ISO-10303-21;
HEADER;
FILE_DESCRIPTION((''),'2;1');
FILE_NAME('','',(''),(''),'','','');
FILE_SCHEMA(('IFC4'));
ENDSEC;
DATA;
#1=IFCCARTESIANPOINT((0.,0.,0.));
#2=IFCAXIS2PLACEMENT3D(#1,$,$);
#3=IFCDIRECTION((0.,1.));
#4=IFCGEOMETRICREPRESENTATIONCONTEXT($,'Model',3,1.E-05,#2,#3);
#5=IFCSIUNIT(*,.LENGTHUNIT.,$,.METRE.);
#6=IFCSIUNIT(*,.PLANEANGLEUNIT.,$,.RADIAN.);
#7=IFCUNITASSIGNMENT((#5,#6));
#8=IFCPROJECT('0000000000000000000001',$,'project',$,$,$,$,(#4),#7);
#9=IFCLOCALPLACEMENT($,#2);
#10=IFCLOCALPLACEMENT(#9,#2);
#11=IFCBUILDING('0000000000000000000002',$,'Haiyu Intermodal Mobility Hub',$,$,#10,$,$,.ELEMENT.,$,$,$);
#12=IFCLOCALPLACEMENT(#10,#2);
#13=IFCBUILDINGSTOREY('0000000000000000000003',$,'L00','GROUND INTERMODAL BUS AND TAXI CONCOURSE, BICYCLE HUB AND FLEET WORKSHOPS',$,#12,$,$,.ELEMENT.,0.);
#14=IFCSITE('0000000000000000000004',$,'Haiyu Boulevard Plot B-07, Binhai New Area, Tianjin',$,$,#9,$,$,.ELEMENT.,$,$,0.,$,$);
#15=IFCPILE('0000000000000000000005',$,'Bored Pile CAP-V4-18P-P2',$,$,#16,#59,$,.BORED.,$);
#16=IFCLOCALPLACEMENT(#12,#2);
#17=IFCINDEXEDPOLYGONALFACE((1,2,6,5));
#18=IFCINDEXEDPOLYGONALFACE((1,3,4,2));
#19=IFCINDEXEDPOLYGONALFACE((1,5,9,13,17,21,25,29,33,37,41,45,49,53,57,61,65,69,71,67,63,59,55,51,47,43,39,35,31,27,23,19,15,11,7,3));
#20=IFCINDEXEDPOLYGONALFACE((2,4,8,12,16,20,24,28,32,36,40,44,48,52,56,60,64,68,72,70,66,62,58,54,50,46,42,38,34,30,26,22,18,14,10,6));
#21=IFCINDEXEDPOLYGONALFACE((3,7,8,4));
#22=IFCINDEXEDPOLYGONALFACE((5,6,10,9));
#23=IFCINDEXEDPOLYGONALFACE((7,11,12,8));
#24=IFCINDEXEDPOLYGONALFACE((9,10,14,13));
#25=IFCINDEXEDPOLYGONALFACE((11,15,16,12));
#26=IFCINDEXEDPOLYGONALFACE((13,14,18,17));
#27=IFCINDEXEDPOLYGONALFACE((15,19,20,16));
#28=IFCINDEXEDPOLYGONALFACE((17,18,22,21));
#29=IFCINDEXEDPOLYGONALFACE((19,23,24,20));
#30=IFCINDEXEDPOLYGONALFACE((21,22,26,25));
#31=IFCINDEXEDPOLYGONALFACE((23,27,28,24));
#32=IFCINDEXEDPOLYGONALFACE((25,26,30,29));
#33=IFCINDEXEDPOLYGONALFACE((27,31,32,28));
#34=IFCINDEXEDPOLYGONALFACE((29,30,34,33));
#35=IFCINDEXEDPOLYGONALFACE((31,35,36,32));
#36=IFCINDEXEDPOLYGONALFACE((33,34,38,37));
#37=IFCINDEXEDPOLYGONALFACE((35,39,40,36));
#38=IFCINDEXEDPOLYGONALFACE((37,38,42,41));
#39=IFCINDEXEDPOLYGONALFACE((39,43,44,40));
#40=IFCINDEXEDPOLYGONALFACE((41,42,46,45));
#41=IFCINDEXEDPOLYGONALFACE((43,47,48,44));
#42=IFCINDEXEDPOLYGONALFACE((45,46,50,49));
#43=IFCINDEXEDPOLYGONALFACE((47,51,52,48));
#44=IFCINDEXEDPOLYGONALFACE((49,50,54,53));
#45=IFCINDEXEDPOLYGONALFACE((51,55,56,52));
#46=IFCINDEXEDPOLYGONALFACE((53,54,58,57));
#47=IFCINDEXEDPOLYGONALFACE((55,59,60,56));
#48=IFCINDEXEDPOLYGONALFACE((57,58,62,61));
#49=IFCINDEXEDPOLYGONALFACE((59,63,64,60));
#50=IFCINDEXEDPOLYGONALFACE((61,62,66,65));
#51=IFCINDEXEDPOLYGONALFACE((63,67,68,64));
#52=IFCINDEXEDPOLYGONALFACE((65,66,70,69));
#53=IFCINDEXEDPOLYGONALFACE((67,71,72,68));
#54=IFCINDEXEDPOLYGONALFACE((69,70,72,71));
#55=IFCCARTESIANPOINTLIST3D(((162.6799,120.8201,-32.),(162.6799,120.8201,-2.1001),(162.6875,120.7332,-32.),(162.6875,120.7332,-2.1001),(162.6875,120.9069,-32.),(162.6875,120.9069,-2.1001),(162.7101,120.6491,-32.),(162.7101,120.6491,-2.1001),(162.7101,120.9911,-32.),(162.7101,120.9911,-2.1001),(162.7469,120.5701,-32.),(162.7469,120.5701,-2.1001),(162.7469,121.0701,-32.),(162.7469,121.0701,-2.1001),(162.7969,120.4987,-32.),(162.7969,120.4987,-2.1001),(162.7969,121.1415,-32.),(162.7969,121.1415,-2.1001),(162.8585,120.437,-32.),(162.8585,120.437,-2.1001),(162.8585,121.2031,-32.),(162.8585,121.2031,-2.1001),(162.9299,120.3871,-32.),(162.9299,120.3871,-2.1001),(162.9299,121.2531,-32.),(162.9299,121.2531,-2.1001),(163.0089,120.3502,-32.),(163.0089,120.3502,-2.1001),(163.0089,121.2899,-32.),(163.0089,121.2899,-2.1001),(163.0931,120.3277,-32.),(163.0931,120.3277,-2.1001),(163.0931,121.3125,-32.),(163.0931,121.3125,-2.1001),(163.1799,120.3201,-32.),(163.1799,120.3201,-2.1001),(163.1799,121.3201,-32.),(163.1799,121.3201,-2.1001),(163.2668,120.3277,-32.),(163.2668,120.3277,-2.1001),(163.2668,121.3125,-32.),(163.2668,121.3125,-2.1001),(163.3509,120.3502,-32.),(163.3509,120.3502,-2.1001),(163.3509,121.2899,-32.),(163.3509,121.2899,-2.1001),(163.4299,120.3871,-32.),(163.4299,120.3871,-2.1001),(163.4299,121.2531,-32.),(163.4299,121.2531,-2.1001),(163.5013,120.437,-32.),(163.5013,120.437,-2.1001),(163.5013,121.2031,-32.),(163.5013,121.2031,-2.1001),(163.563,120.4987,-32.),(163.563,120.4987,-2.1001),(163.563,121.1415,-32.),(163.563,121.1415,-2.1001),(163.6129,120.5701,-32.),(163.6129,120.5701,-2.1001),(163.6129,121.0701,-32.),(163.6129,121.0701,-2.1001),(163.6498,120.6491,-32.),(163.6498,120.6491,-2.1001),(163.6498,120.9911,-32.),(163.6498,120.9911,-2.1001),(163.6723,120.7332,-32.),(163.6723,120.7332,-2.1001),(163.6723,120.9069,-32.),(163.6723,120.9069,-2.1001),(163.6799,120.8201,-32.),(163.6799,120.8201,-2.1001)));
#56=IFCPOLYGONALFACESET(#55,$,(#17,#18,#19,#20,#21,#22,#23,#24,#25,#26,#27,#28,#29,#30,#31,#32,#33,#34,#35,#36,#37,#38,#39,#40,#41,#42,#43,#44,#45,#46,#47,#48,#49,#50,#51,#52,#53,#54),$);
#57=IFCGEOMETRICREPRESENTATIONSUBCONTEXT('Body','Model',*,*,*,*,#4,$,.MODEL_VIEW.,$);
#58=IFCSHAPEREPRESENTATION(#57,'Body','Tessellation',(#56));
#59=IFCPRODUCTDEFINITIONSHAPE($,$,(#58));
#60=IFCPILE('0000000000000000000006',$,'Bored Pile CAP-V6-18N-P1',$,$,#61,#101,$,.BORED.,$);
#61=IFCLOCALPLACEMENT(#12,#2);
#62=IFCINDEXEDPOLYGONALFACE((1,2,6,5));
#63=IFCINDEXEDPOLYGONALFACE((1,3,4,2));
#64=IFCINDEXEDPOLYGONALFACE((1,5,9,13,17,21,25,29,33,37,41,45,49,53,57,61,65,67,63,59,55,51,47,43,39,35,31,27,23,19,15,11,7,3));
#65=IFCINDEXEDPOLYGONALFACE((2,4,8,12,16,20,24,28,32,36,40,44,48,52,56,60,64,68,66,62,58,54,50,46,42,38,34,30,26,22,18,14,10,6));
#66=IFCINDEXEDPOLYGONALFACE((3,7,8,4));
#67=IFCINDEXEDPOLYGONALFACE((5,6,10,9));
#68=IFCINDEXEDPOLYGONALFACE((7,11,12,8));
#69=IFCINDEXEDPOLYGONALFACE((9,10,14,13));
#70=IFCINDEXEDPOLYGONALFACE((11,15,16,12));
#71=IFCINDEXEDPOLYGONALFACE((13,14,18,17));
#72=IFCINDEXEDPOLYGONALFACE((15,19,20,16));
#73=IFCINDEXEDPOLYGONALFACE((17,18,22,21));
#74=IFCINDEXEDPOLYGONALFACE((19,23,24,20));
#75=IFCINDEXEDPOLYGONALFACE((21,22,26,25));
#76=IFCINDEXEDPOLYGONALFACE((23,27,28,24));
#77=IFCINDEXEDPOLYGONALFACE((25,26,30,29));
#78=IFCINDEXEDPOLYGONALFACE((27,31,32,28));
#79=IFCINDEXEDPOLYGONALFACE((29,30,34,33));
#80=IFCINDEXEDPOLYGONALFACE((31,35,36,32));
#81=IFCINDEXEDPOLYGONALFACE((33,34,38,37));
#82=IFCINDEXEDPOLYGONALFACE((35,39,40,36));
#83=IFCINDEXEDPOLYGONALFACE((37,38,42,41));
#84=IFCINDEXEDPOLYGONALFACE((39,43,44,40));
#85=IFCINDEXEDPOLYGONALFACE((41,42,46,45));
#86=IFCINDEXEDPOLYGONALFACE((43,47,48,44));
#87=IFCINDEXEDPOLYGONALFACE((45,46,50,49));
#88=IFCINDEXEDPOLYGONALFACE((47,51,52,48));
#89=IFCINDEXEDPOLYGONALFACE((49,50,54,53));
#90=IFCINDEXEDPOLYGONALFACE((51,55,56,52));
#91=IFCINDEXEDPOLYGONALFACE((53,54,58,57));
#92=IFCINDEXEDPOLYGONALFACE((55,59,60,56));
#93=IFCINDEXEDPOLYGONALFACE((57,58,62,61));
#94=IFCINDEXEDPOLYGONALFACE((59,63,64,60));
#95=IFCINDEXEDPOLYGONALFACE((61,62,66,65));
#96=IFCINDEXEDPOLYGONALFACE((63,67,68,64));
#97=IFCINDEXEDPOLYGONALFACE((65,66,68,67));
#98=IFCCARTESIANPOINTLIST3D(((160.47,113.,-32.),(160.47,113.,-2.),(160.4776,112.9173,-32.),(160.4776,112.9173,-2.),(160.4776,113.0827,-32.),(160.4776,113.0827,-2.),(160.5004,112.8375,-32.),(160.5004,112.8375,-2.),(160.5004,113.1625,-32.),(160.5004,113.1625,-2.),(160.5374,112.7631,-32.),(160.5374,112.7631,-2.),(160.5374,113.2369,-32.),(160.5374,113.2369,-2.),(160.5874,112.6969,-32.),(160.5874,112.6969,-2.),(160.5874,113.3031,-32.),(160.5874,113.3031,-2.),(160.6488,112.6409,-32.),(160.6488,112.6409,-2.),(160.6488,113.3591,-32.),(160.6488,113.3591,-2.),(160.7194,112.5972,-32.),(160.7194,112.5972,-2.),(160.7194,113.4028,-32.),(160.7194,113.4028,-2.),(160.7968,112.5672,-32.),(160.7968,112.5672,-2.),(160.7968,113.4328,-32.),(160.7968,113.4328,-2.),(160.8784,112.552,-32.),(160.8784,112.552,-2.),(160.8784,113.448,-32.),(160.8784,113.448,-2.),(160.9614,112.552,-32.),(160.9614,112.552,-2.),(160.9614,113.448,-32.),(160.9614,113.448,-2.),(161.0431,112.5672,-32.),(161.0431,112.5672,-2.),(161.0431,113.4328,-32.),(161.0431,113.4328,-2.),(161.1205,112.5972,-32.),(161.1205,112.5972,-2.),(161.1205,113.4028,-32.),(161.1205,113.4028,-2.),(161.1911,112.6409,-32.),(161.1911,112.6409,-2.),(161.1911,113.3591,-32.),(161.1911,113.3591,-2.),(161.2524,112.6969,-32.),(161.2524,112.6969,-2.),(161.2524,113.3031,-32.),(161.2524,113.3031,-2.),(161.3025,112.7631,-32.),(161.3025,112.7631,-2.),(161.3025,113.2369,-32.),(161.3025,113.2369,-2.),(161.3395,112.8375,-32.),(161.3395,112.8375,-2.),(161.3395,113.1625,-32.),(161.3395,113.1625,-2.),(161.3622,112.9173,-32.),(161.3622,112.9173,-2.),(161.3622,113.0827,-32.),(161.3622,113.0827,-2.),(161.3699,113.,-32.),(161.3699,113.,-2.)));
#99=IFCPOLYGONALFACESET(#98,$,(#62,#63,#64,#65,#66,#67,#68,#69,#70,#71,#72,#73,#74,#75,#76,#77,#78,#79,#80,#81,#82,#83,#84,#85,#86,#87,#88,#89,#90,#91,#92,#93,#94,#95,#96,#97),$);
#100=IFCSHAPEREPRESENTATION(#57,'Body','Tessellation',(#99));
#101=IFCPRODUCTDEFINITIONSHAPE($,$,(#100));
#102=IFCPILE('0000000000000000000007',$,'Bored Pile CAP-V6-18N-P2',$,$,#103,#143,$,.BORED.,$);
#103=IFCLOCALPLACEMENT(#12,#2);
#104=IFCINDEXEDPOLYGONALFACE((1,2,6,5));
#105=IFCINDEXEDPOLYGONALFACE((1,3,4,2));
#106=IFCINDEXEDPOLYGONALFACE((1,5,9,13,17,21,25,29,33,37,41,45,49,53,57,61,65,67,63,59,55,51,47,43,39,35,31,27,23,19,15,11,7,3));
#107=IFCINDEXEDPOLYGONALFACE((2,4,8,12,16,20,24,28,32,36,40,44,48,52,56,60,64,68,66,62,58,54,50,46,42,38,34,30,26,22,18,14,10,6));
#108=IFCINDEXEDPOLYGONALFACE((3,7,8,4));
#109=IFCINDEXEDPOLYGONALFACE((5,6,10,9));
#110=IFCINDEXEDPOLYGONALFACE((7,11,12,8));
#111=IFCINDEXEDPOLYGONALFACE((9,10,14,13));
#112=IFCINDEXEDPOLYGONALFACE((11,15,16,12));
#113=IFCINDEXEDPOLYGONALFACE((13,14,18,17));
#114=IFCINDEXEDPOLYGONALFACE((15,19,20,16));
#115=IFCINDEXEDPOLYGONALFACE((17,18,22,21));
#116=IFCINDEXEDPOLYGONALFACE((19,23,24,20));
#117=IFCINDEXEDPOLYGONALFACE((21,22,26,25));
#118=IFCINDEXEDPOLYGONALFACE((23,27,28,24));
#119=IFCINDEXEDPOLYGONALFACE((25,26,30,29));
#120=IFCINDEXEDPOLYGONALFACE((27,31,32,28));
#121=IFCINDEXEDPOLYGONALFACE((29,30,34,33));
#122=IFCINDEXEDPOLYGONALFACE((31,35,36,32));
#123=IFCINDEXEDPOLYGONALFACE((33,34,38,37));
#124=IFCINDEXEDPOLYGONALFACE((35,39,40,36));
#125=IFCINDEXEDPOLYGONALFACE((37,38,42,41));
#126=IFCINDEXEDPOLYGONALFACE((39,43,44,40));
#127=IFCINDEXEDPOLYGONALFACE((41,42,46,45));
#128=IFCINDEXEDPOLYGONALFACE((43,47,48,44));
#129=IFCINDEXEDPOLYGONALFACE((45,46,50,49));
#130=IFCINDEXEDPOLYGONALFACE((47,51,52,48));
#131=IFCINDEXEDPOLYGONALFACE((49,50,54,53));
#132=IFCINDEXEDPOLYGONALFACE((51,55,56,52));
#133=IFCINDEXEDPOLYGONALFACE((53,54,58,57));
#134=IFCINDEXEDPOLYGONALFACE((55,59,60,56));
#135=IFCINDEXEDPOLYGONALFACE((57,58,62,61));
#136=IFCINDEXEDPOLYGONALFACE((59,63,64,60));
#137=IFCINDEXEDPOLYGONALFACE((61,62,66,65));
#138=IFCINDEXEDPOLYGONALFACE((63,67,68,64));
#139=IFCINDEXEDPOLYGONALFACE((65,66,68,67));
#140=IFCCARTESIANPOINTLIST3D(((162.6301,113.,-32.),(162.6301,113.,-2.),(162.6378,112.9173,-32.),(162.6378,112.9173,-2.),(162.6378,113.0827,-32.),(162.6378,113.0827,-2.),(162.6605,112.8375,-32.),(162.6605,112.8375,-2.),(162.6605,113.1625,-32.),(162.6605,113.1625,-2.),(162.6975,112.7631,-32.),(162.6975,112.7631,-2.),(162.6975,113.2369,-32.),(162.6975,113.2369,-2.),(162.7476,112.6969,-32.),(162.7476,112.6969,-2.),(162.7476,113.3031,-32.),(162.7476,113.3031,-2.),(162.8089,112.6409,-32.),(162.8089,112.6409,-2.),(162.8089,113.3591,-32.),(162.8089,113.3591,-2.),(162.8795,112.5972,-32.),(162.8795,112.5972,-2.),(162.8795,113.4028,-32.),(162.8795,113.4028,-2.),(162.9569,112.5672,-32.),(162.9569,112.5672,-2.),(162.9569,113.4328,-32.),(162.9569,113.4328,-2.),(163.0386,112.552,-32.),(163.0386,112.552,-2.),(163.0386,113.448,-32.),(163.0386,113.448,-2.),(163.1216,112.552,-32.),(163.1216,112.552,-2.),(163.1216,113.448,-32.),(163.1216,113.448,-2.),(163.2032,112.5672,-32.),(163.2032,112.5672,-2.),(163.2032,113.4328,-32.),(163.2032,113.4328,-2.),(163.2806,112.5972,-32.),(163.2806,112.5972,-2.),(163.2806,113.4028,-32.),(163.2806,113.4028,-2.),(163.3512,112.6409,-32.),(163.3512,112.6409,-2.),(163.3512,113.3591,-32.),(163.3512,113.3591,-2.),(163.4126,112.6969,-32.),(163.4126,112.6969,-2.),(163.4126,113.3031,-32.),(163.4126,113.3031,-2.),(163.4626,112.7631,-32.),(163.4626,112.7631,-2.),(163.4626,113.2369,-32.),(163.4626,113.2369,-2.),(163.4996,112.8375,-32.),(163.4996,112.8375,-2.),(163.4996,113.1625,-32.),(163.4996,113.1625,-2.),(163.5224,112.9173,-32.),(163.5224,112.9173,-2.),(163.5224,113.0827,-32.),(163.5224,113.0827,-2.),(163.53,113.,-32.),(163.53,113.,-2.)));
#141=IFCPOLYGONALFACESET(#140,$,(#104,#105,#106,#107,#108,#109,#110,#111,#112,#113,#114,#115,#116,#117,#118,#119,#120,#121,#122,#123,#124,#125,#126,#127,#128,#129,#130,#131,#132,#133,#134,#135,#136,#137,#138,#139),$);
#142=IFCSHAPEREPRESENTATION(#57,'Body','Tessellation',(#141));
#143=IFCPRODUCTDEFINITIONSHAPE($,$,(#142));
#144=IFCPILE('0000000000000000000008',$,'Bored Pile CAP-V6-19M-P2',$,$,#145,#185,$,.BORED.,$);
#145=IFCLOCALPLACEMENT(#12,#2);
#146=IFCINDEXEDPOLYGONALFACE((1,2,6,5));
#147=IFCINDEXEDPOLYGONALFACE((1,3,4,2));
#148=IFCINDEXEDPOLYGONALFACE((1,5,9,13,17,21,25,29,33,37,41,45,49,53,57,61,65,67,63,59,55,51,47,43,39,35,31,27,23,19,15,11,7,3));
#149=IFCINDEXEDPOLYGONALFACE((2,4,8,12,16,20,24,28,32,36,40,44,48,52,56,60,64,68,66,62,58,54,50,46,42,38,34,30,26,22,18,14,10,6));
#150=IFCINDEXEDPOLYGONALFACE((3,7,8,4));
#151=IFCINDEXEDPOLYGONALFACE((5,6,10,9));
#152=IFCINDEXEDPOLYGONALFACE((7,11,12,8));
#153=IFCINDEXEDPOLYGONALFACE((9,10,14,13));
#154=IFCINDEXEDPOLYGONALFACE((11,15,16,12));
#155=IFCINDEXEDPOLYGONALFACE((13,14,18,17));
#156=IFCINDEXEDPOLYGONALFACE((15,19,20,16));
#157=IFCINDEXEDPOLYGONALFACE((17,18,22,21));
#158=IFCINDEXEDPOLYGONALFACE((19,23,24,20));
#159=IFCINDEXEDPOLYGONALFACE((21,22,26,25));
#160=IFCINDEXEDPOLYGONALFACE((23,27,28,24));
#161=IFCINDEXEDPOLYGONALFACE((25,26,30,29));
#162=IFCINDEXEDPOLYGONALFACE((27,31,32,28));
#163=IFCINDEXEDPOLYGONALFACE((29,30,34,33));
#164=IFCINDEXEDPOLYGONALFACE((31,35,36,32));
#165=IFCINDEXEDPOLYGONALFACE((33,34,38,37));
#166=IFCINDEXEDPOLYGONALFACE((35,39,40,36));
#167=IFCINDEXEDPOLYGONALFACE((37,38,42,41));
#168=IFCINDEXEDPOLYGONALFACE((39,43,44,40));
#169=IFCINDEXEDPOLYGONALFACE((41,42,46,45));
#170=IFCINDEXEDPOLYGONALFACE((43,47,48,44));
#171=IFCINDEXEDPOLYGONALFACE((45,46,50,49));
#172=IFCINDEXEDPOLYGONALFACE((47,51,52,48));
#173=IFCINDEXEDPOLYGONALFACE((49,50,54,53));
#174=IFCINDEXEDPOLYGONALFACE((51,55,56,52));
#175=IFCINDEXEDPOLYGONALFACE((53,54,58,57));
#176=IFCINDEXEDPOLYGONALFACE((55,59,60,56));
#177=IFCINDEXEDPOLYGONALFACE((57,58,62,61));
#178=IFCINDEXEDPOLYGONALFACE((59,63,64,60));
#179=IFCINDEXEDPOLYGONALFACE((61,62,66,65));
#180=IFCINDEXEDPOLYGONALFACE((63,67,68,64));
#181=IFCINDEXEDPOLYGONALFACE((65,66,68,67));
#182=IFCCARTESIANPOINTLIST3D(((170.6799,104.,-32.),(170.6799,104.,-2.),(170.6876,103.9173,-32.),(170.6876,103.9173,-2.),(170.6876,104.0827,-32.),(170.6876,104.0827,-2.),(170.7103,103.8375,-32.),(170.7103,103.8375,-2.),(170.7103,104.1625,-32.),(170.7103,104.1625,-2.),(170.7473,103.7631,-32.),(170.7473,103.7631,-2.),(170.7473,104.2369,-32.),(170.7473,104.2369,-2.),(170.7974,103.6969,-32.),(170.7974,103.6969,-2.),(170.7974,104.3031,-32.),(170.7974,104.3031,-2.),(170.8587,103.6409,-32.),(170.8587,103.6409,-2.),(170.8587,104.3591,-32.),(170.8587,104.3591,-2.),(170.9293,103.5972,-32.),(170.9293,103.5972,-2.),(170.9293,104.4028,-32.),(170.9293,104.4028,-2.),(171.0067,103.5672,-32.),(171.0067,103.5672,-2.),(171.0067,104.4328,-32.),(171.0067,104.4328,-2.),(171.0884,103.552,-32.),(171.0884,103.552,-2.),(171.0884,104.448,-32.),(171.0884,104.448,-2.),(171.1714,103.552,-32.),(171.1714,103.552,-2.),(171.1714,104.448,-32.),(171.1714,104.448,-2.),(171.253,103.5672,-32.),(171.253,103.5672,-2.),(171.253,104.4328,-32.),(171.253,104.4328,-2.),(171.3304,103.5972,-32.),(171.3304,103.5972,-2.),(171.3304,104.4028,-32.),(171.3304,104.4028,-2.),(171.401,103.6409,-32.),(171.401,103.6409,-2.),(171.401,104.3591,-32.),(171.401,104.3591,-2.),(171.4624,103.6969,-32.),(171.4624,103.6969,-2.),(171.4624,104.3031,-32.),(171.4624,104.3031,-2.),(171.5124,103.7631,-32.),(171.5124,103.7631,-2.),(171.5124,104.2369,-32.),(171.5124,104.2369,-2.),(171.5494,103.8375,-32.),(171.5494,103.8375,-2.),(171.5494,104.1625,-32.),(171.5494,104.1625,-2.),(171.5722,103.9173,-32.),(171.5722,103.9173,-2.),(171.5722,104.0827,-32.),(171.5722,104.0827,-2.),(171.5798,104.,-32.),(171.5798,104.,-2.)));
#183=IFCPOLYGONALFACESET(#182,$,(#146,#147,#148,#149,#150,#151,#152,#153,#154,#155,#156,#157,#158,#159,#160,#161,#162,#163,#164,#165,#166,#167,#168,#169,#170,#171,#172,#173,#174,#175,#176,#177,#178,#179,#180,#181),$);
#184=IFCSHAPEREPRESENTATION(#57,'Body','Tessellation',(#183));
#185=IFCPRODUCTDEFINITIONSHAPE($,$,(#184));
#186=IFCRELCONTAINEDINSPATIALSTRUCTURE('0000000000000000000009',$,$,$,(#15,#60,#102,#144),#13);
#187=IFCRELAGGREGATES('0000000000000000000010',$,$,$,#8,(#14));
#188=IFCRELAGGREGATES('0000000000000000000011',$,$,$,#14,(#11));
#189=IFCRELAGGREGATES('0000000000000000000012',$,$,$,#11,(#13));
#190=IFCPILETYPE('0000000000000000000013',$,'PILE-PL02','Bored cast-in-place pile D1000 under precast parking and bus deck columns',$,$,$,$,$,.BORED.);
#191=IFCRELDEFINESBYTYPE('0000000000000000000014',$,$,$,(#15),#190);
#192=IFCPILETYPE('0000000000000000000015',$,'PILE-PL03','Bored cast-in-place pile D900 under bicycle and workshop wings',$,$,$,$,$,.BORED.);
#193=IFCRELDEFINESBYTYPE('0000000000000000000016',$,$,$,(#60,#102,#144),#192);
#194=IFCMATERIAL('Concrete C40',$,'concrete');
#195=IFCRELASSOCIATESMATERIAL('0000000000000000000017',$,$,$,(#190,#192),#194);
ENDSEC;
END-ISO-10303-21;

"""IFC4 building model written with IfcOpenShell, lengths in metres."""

from ifc_helpers import new_model, si_unit, direction, frame, origin, origin_2d, place, context, subcontext, project, spatial, circle, extrude, material, material_profile, profile_set, type_object, element, save


model = new_model("IFC4")

# Units and contexts
model_context = context("Model", 3, precision=1e-05, world=origin(), true_north=direction((0.0, 1.0)))
body_context = subcontext(model_context, "Body", "Model", "MODEL_VIEW")
ifc_project = project(units=[si_unit("LENGTHUNIT", "METRE"), si_unit("PLANEANGLEUNIT", "RADIAN")], contexts=[model_context])

# Site, building, storey
site_placement = place(None, origin())
site = spatial("IfcSite", under=ifc_project, at=site_placement, Name="Haiyu Boulevard Plot B-07, Binhai New Area, Tianjin", CompositionType="ELEMENT", RefElevation=0.0)
building_placement = place(site_placement, origin())
building = spatial("IfcBuilding", under=site, at=building_placement, Name="Haiyu Intermodal Mobility Hub", CompositionType="ELEMENT")
storey_placement = place(building_placement, origin())
storey = spatial("IfcBuildingStorey", under=building, at=storey_placement, Name="L00", Description="GROUND INTERMODAL BUS AND TAXI CONCOURSE, BICYCLE HUB AND FLEET WORKSHOPS", CompositionType="ELEMENT", Elevation=0.0)

# Shared definitions
ifc_material_1 = material(Name="Concrete C40", Category="concrete")

# Piles
ifc_material_profile_1 = material_profile(ifc_material_1, circle(Radius=0.5, at=origin_2d()), Name="PILE-D1000")
ifc_profile_set_1 = profile_set([ifc_material_profile_1], Name="Concrete C40")
pile_type_1 = type_object("IfcPileType", Name="PILE-PL02", Description="Bored cast-in-place pile D1000 under precast parking and bus deck columns", PredefinedType="BORED", material=ifc_profile_set_1)
for number, where, z_axis, x_axis, name in (
    (1, (163.1799, 120.8201, -2.1001), (0.0, 0.0, -1.0), (1.0, 0.0, 0.0), "Bored Pile CAP-V4-18P-P2"),
):
    element("IfcPile", number, at=place(storey_placement, frame(where, z_axis=z_axis, x_axis=x_axis)), inside=storey, type_object=pile_type_1, Name=name, PredefinedType="BORED", context=body_context, shape_type="SweptSolid", body=[
        extrude(circle(Radius=0.5, at=origin_2d()), origin(), (0.0, 0.0, 1.0), 29.8999),
    ])
ifc_material_profile_2 = material_profile(ifc_material_1, circle(Radius=0.45, at=origin_2d()), Name="PILE-D900")
ifc_profile_set_2 = profile_set([ifc_material_profile_2], Name="Concrete C40")
pile_type_2 = type_object("IfcPileType", Name="PILE-PL03", Description="Bored cast-in-place pile D900 under bicycle and workshop wings", PredefinedType="BORED", material=ifc_profile_set_2)
for number, where, z_axis, x_axis, name in (
    (2, (160.9199, 113.0, -2.0), (0.0, 0.0, -1.0), (1.0, 0.0, 0.0), "Bored Pile CAP-V6-18N-P1"),
    (3, (163.0801, 113.0, -2.0), (0.0, 0.0, -1.0), (1.0, 0.0, 0.0), "Bored Pile CAP-V6-18N-P2"),
    (4, (171.1299, 104.0, -2.0), (0.0, 0.0, -1.0), (1.0, 0.0, 0.0), "Bored Pile CAP-V6-19M-P2"),
):
    element("IfcPile", number, at=place(storey_placement, frame(where, z_axis=z_axis, x_axis=x_axis)), inside=storey, type_object=pile_type_2, Name=name, PredefinedType="BORED", context=body_context, shape_type="SweptSolid", body=[
        extrude(circle(Radius=0.45, at=origin_2d()), origin(), (0.0, 0.0, 1.0), 30.0),
    ])

save(model, "model.ifc")
